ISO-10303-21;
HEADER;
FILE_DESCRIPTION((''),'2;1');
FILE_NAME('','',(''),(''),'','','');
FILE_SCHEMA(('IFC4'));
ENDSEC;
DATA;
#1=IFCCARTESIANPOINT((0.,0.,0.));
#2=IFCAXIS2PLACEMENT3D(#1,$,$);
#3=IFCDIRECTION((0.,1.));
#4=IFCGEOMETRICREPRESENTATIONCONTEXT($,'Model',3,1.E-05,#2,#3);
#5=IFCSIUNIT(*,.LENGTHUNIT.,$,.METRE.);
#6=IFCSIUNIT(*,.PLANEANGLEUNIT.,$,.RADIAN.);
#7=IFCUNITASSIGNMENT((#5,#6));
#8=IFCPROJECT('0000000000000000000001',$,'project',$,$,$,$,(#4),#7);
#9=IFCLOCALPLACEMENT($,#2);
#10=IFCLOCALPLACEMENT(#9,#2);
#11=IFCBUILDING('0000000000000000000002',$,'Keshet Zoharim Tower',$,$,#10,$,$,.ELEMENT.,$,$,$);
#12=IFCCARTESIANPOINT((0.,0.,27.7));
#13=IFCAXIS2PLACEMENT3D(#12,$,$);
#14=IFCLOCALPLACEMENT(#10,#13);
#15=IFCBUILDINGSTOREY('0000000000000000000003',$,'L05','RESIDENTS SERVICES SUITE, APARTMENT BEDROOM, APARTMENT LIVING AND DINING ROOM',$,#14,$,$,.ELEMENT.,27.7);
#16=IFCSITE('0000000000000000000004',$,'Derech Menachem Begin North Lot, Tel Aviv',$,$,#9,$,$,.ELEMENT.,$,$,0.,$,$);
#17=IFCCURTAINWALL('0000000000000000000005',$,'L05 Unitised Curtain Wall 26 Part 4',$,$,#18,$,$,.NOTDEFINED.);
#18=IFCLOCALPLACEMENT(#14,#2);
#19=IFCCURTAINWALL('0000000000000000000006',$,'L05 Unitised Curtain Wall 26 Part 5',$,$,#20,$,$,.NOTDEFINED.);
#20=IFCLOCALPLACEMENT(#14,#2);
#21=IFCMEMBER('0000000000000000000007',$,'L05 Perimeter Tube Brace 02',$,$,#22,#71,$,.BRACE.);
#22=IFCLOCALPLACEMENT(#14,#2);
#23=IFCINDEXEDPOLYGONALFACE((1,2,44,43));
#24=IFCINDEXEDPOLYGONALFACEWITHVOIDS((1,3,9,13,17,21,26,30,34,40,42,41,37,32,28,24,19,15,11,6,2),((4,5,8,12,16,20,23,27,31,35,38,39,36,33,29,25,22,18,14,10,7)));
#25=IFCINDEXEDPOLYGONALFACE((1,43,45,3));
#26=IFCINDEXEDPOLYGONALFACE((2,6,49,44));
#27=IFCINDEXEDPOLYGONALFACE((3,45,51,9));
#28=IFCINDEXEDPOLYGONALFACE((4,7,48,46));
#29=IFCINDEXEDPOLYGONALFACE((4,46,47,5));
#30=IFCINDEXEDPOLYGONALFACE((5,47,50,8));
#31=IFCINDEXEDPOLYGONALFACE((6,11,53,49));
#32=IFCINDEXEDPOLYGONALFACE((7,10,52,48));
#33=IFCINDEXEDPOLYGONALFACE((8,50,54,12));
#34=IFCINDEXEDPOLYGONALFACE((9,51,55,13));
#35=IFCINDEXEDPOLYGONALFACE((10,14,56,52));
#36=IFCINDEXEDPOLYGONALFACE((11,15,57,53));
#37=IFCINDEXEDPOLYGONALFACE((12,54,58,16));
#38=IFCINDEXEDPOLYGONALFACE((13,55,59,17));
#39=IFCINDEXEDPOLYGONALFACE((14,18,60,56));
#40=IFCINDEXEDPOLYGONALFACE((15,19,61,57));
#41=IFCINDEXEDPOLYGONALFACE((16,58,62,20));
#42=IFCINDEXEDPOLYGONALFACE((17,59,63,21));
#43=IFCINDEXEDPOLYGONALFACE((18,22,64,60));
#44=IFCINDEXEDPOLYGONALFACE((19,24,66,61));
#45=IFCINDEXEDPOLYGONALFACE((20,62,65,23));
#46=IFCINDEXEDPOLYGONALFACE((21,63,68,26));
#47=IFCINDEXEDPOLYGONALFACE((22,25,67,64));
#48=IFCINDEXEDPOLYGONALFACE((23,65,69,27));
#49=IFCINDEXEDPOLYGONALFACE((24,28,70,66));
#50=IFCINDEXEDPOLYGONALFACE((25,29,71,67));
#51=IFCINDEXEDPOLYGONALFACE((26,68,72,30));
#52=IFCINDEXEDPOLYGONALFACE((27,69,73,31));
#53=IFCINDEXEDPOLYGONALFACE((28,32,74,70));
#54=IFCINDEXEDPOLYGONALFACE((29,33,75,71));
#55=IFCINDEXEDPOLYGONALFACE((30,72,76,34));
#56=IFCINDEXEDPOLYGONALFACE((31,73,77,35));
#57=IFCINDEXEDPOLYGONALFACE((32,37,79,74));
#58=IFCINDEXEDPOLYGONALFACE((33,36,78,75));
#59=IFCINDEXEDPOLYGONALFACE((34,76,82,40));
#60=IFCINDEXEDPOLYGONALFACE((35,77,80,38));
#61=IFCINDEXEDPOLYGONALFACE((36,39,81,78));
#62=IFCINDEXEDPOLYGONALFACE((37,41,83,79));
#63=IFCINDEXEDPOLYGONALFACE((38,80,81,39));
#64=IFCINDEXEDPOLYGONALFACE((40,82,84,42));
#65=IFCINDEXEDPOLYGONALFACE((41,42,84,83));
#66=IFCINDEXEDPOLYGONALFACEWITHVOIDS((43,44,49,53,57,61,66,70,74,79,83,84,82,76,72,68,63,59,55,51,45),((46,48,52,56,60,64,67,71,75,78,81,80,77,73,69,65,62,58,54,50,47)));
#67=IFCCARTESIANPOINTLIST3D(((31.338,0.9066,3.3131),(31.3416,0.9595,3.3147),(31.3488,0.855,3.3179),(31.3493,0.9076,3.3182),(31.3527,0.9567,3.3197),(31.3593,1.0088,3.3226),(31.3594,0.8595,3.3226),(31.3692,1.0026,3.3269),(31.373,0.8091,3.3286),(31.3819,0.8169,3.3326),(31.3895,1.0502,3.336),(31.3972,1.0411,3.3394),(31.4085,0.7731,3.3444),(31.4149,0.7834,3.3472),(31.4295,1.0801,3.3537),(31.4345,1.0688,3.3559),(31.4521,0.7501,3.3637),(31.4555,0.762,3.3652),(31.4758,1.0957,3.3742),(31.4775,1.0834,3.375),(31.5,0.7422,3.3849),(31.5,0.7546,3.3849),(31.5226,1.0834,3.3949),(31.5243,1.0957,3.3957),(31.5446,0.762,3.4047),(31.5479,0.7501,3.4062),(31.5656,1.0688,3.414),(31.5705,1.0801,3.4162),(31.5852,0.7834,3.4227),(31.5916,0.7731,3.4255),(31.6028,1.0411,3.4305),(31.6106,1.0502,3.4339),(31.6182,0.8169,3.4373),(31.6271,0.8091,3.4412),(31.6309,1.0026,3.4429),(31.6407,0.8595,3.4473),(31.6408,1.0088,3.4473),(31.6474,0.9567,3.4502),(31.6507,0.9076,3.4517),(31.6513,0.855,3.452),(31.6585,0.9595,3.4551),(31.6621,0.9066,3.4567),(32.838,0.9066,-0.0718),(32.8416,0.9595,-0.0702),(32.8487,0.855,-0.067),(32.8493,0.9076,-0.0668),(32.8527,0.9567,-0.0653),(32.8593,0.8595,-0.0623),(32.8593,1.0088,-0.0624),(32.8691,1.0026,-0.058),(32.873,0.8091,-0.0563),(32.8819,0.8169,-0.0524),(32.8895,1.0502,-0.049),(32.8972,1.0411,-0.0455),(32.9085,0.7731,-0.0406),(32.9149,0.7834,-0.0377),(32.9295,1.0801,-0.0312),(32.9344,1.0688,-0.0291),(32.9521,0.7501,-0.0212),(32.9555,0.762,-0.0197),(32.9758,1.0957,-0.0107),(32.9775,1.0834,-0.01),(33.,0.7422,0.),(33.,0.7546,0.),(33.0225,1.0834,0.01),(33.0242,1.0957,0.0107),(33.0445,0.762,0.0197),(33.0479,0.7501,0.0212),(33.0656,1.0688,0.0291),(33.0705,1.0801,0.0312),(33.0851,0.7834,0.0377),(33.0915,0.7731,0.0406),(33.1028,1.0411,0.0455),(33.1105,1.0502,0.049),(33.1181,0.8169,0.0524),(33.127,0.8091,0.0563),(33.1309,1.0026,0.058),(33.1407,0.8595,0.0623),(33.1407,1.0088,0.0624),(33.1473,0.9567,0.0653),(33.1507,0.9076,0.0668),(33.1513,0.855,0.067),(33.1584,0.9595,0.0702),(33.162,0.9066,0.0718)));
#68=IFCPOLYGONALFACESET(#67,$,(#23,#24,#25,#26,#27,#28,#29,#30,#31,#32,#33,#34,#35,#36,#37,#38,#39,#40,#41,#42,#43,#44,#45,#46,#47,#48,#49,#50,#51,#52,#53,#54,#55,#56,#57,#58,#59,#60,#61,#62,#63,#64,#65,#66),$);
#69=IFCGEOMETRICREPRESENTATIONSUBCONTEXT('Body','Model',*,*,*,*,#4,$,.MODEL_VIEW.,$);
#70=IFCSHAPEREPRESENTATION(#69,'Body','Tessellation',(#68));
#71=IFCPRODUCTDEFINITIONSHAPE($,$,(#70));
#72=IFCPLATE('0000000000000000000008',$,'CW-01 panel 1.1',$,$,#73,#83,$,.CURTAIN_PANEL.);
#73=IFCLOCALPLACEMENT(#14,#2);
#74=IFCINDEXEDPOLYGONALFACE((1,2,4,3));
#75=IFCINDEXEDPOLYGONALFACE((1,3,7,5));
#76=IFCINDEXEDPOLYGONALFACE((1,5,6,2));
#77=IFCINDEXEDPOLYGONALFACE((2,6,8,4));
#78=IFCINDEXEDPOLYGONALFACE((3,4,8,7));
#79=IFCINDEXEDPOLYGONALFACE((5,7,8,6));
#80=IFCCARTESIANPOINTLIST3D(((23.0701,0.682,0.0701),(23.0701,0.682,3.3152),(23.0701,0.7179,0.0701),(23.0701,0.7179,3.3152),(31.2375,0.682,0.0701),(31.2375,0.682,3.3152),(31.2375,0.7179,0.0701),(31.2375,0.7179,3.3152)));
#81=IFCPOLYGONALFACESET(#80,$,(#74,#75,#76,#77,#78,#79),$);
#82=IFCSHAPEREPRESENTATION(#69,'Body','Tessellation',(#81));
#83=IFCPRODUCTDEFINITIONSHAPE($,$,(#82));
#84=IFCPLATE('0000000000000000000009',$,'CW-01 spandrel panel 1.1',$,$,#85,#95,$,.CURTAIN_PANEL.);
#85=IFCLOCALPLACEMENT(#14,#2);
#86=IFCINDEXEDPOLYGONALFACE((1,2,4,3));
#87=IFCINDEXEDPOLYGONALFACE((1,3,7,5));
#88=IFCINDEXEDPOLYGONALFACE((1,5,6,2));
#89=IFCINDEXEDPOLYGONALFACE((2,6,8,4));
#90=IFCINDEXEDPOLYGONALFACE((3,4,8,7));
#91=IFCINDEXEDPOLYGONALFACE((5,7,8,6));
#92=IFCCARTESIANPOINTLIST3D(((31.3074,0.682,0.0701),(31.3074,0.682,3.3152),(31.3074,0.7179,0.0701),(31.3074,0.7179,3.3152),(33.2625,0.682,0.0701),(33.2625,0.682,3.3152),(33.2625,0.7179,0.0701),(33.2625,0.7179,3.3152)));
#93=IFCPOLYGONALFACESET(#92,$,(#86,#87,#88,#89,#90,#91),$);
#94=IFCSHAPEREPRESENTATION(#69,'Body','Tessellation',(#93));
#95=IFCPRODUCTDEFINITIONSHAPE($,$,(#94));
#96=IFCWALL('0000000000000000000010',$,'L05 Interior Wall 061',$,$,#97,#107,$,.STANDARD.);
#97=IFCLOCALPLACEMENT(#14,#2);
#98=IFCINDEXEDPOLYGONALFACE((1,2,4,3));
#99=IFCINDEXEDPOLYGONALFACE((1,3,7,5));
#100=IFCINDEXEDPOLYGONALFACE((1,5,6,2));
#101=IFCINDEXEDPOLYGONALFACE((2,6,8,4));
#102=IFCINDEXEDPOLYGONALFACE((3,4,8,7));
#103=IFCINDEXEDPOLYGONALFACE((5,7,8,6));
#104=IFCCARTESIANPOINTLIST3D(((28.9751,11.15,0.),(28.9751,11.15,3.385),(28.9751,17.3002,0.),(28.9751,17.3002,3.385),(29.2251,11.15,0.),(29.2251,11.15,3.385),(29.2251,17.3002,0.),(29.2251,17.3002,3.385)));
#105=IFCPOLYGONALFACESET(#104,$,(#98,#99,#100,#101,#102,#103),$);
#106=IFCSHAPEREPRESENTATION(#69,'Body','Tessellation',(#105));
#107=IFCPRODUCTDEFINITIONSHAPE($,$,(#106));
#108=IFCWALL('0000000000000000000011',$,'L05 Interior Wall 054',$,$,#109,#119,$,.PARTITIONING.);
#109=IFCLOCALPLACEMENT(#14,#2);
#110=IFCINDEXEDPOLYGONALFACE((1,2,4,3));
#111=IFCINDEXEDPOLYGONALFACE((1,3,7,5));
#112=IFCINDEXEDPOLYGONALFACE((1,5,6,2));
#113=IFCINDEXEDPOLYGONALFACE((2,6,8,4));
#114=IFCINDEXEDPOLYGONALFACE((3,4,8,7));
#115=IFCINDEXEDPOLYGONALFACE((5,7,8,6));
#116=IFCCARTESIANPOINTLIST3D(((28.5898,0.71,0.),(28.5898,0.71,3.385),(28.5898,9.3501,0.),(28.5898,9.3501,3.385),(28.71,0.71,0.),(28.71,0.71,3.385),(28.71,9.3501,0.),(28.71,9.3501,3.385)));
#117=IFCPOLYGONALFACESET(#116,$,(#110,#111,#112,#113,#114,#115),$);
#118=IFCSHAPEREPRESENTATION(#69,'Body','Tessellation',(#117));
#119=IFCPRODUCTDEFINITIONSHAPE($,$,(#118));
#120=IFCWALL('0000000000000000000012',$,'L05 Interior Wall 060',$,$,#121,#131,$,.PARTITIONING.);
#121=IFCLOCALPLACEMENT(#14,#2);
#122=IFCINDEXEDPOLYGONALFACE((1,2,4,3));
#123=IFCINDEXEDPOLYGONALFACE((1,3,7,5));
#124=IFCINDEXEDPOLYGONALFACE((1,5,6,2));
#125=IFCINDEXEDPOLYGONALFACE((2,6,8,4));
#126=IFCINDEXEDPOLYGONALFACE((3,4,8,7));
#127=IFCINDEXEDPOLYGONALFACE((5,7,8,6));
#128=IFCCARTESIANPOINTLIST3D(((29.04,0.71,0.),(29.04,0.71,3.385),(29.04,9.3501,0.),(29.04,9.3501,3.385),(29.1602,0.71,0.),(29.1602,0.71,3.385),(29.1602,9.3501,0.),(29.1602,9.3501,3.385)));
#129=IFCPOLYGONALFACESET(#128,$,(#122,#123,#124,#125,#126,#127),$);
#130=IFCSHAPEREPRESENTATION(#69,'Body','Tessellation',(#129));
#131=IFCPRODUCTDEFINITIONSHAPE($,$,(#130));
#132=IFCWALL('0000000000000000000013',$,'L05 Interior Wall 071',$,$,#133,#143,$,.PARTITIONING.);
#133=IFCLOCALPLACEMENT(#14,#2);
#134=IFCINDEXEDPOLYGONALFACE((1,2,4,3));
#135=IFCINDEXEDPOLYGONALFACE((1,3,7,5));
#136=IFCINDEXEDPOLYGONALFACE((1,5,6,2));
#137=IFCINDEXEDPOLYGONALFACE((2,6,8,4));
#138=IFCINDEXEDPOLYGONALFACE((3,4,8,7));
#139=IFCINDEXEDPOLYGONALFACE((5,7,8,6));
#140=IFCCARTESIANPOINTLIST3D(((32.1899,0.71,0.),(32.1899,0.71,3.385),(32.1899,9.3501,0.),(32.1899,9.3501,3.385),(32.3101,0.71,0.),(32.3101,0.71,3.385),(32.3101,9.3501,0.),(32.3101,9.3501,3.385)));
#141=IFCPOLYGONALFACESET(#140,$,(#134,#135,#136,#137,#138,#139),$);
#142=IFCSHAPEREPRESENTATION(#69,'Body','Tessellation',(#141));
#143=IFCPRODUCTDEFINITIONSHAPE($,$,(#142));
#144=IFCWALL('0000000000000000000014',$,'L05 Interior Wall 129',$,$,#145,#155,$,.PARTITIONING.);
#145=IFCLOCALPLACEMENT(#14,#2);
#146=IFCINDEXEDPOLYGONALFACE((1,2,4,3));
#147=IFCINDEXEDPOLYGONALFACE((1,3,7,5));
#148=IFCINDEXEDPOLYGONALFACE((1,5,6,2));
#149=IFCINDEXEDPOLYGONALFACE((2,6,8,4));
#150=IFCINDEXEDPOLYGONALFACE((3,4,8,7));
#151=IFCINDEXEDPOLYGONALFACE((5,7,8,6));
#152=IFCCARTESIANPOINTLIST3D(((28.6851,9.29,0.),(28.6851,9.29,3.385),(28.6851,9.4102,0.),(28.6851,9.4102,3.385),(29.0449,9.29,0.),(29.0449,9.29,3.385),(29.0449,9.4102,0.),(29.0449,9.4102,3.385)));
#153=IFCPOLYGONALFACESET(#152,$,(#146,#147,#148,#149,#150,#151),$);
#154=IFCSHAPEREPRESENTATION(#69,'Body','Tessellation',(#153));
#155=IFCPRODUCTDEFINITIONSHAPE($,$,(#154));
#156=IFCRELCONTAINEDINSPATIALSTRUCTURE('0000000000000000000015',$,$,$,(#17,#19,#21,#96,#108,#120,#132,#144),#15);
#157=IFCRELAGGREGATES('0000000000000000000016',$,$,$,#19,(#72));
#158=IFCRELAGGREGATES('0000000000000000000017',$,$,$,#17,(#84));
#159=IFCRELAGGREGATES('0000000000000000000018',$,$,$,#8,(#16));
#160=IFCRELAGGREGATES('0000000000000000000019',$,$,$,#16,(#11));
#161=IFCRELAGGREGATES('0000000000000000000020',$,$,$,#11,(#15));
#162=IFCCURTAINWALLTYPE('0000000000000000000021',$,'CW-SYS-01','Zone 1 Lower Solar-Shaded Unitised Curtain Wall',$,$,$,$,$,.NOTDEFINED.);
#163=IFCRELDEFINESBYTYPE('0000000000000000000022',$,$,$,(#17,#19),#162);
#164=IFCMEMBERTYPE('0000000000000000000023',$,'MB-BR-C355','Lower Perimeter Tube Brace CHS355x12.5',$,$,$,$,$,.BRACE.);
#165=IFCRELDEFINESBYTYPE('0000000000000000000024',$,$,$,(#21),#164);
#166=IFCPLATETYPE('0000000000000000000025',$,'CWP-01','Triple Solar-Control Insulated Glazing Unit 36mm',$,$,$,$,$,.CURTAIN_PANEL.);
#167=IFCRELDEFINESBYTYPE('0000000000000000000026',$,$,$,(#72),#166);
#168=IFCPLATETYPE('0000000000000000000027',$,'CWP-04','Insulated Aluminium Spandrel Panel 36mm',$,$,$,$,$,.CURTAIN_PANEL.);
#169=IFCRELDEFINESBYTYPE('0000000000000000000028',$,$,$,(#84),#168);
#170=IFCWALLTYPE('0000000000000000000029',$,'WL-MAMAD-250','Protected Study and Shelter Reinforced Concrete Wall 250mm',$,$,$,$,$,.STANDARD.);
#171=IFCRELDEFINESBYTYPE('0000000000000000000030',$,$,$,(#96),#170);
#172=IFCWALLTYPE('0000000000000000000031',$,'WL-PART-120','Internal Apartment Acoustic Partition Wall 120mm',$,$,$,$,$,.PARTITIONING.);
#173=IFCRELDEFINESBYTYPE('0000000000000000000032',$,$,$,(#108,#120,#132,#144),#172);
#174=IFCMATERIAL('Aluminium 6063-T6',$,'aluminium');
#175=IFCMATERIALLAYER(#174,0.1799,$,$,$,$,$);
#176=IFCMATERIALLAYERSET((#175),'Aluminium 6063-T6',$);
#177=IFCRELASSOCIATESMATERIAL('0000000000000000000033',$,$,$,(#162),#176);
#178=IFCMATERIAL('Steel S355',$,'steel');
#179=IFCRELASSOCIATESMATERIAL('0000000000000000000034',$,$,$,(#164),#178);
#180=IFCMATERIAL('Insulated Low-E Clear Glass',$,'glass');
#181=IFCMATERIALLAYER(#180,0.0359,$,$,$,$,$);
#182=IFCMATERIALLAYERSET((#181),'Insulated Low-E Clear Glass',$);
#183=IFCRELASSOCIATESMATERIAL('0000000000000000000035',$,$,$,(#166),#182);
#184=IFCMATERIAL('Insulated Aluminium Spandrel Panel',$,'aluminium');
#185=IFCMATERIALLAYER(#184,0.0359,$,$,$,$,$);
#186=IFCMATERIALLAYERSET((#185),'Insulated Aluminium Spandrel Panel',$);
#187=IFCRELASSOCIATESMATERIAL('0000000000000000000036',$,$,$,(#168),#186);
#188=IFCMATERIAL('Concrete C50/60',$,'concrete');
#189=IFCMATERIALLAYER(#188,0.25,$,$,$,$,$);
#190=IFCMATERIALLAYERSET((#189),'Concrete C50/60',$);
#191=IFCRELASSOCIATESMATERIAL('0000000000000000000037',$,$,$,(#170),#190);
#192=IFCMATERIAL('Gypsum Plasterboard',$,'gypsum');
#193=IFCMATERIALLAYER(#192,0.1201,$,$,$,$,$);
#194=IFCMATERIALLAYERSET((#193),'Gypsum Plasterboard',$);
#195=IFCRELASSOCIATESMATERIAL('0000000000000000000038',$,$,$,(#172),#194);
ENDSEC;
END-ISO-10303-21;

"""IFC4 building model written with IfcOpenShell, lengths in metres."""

from ifc_helpers import new_model, si_unit, direction, frame, frame_2d, origin, origin_2d, place, context, subcontext, project, spatial, rectangle, hollow_circle, extrude, material, layer, layer_set, material_profile, profile_set, type_object, element, aggregate, save


model = new_model("IFC4")

# Units and contexts
model_context = context("Model", 3, precision=1e-05, world=origin(), true_north=direction((0.0, 1.0)))
body_context = subcontext(model_context, "Body", "Model", "MODEL_VIEW")
ifc_project = project(units=[si_unit("LENGTHUNIT", "METRE"), si_unit("PLANEANGLEUNIT", "RADIAN")], contexts=[model_context])

# Site, building, storey
site_placement = place(None, origin())
site = spatial("IfcSite", under=ifc_project, at=site_placement, Name="Derech Menachem Begin North Lot, Tel Aviv", CompositionType="ELEMENT", RefElevation=0.0)
building_placement = place(site_placement, origin())
building = spatial("IfcBuilding", under=site, at=building_placement, Name="Keshet Zoharim Tower", CompositionType="ELEMENT")
storey_placement = place(building_placement, frame((0.0, 0.0, 27.7)))
storey = spatial("IfcBuildingStorey", under=building, at=storey_placement, Name="L05", Description="RESIDENTS SERVICES SUITE, APARTMENT BEDROOM, APARTMENT LIVING AND DINING ROOM", CompositionType="ELEMENT", Elevation=27.7)

# Shared definitions
ifc_material_1 = material(Name="Steel S355", Category="steel")

# Curtain wall
ifc_material_2 = material(Name="Aluminium 6063-T6", Category="aluminium")
ifc_layer_1 = layer(ifc_material_2, 0.1799)
ifc_layer_set_1 = layer_set([ifc_layer_1], Name="Aluminium 6063-T6")
curtain_wall_type = type_object("IfcCurtainWallType", Name="CW-SYS-01", Description="Zone 1 Lower Solar-Shaded Unitised Curtain Wall", PredefinedType="NOTDEFINED", material=ifc_layer_set_1)
curtain_wall_1_placement = place(storey_placement, origin())
curtain_wall_1 = element("IfcCurtainWall", 1, at=curtain_wall_1_placement, inside=storey, type_object=curtain_wall_type, Name="L05 Unitised Curtain Wall 26 Part 4", PredefinedType="NOTDEFINED")

# Curtain wall
curtain_wall_2_placement = place(storey_placement, origin())
curtain_wall_2 = element("IfcCurtainWall", 2, at=curtain_wall_2_placement, inside=storey, type_object=curtain_wall_type, Name="L05 Unitised Curtain Wall 26 Part 5", PredefinedType="NOTDEFINED")

# Member
ifc_material_profile_1 = material_profile(ifc_material_1, hollow_circle(Radius=0.1777, WallThickness=0.0125, at=origin_2d()), Name="CHS355x12.5")
ifc_profile_set_1 = profile_set([ifc_material_profile_1], Name="Steel S355")
member_type_1 = type_object("IfcMemberType", Name="MB-BR-C355", Description="Lower Perimeter Tube Brace CHS355x12.5", PredefinedType="BRACE", material=ifc_profile_set_1)
member_1_placement = place(storey_placement, frame((33.0, 0.9199, 0.0), z_axis=(-0.405135, 0.0, 0.914257), x_axis=(0.0, -1.0, 0.0)))
element("IfcMember", 3, at=member_1_placement, inside=storey, type_object=member_type_1, Name="L05 Perimeter Tube Brace 02", PredefinedType="BRACE", context=body_context, shape_type="SweptSolid", body=[
    extrude(hollow_circle(Radius=0.1777, WallThickness=0.0125, at=origin_2d()), origin(), (0.0, 0.0, 1.0), 3.7024),
])

# Plates
ifc_material_3 = material(Name="Insulated Low-E Clear Glass", Category="glass")
ifc_layer_2 = layer(ifc_material_3, 0.0359)
ifc_layer_set_2 = layer_set([ifc_layer_2], Name="Insulated Low-E Clear Glass")
plate_type_1 = type_object("IfcPlateType", Name="CWP-01", Description="Triple Solar-Control Insulated Glazing Unit 36mm", PredefinedType="CURTAIN_PANEL", material=ifc_layer_set_2)
plate_1_placement = place(storey_placement, frame((27.1538, 0.7, 0.0701), z_axis=(0.0, 0.0, 1.0), x_axis=(-1.0, 0.0, 0.0)))
plate_1 = element("IfcPlate", 4, at=plate_1_placement, type_object=plate_type_1, Name="CW-01 panel 1.1", PredefinedType="CURTAIN_PANEL", context=body_context, shape_type="SweptSolid", body=[
    extrude(rectangle(XDim=8.1675, YDim=0.0359, at=origin_2d()), origin(), (0.0, 0.0, 1.0), 3.2451),
])
aggregate(curtain_wall_2, [plate_1])
ifc_material_4 = material(Name="Insulated Aluminium Spandrel Panel", Category="aluminium")
ifc_layer_3 = layer(ifc_material_4, 0.0359)
ifc_layer_set_3 = layer_set([ifc_layer_3], Name="Insulated Aluminium Spandrel Panel")
plate_type_2 = type_object("IfcPlateType", Name="CWP-04", Description="Insulated Aluminium Spandrel Panel 36mm", PredefinedType="CURTAIN_PANEL", material=ifc_layer_set_3)
plate_2_placement = place(storey_placement, frame((32.2849, 0.7, 0.0701), z_axis=(0.0, 0.0, 1.0), x_axis=(-1.0, 0.0, 0.0)))
plate_2 = element("IfcPlate", 5, at=plate_2_placement, type_object=plate_type_2, Name="CW-01 spandrel panel 1.1", PredefinedType="CURTAIN_PANEL", context=body_context, shape_type="SweptSolid", body=[
    extrude(rectangle(XDim=1.9551, YDim=0.0359, at=origin_2d()), origin(), (0.0, 0.0, 1.0), 3.2451),
])
aggregate(curtain_wall_1, [plate_2])

# Walls
ifc_material_5 = material(Name="Concrete C50/60", Category="concrete")
ifc_layer_4 = layer(ifc_material_5, 0.25)
ifc_layer_set_4 = layer_set([ifc_layer_4], Name="Concrete C50/60")
wall_type_1 = type_object("IfcWallType", Name="WL-MAMAD-250", Description="Protected Study and Shelter Reinforced Concrete Wall 250mm", PredefinedType="STANDARD", material=ifc_layer_set_4)
wall_1_placement = place(storey_placement, frame((29.1001, 11.1499, 0.0), z_axis=(0.0, 0.0, 1.0), x_axis=(0.0, 1.0, 0.0)))
element("IfcWall", 6, at=wall_1_placement, inside=storey, type_object=wall_type_1, Name="L05 Interior Wall 061", PredefinedType="STANDARD", context=body_context, shape_type="SweptSolid", body=[
    extrude(rectangle(XDim=6.1501, YDim=0.25, at=frame_2d((3.0752, 0.0))), origin(), (0.0, 0.0, 1.0), 3.385),
])
ifc_material_6 = material(Name="Gypsum Plasterboard", Category="gypsum")
ifc_layer_5 = layer(ifc_material_6, 0.1201)
ifc_layer_set_5 = layer_set([ifc_layer_5], Name="Gypsum Plasterboard")
wall_type_2 = type_object("IfcWallType", Name="WL-PART-120", Description="Internal Apartment Acoustic Partition Wall 120mm", PredefinedType="PARTITIONING", material=ifc_layer_set_5)
for number, where, z_axis, x_axis, name in (
    (7, (28.6499, 0.71, 0.0), (0.0, 0.0, 1.0), (0.0, 1.0, 0.0), "L05 Interior Wall 054"),
    (8, (29.1001, 0.71, 0.0), (0.0, 0.0, 1.0), (0.0, 1.0, 0.0), "L05 Interior Wall 060"),
    (9, (32.25, 0.71, 0.0), (0.0, 0.0, 1.0), (0.0, 1.0, 0.0), "L05 Interior Wall 071"),
):
    element("IfcWall", number, at=place(storey_placement, frame(where, z_axis=z_axis, x_axis=x_axis)), inside=storey, type_object=wall_type_2, Name=name, PredefinedType="PARTITIONING", context=body_context, shape_type="SweptSolid", body=[
        extrude(rectangle(XDim=8.6401, YDim=0.1201, at=frame_2d((4.3201, 0.0))), origin(), (0.0, 0.0, 1.0), 3.385),
    ])
wall_2_placement = place(storey_placement, frame((28.6851, 9.3501, 0.0), z_axis=(0.0, 0.0, 1.0), x_axis=(1.0, 0.0, 0.0)))
element("IfcWall", 10, at=wall_2_placement, inside=storey, type_object=wall_type_2, Name="L05 Interior Wall 129", PredefinedType="PARTITIONING", context=body_context, shape_type="SweptSolid", body=[
    extrude(rectangle(XDim=0.3599, YDim=0.1201, at=frame_2d((0.1799, 0.0))), origin(), (0.0, 0.0, 1.0), 3.385),
])

save(model, "model.ifc")
